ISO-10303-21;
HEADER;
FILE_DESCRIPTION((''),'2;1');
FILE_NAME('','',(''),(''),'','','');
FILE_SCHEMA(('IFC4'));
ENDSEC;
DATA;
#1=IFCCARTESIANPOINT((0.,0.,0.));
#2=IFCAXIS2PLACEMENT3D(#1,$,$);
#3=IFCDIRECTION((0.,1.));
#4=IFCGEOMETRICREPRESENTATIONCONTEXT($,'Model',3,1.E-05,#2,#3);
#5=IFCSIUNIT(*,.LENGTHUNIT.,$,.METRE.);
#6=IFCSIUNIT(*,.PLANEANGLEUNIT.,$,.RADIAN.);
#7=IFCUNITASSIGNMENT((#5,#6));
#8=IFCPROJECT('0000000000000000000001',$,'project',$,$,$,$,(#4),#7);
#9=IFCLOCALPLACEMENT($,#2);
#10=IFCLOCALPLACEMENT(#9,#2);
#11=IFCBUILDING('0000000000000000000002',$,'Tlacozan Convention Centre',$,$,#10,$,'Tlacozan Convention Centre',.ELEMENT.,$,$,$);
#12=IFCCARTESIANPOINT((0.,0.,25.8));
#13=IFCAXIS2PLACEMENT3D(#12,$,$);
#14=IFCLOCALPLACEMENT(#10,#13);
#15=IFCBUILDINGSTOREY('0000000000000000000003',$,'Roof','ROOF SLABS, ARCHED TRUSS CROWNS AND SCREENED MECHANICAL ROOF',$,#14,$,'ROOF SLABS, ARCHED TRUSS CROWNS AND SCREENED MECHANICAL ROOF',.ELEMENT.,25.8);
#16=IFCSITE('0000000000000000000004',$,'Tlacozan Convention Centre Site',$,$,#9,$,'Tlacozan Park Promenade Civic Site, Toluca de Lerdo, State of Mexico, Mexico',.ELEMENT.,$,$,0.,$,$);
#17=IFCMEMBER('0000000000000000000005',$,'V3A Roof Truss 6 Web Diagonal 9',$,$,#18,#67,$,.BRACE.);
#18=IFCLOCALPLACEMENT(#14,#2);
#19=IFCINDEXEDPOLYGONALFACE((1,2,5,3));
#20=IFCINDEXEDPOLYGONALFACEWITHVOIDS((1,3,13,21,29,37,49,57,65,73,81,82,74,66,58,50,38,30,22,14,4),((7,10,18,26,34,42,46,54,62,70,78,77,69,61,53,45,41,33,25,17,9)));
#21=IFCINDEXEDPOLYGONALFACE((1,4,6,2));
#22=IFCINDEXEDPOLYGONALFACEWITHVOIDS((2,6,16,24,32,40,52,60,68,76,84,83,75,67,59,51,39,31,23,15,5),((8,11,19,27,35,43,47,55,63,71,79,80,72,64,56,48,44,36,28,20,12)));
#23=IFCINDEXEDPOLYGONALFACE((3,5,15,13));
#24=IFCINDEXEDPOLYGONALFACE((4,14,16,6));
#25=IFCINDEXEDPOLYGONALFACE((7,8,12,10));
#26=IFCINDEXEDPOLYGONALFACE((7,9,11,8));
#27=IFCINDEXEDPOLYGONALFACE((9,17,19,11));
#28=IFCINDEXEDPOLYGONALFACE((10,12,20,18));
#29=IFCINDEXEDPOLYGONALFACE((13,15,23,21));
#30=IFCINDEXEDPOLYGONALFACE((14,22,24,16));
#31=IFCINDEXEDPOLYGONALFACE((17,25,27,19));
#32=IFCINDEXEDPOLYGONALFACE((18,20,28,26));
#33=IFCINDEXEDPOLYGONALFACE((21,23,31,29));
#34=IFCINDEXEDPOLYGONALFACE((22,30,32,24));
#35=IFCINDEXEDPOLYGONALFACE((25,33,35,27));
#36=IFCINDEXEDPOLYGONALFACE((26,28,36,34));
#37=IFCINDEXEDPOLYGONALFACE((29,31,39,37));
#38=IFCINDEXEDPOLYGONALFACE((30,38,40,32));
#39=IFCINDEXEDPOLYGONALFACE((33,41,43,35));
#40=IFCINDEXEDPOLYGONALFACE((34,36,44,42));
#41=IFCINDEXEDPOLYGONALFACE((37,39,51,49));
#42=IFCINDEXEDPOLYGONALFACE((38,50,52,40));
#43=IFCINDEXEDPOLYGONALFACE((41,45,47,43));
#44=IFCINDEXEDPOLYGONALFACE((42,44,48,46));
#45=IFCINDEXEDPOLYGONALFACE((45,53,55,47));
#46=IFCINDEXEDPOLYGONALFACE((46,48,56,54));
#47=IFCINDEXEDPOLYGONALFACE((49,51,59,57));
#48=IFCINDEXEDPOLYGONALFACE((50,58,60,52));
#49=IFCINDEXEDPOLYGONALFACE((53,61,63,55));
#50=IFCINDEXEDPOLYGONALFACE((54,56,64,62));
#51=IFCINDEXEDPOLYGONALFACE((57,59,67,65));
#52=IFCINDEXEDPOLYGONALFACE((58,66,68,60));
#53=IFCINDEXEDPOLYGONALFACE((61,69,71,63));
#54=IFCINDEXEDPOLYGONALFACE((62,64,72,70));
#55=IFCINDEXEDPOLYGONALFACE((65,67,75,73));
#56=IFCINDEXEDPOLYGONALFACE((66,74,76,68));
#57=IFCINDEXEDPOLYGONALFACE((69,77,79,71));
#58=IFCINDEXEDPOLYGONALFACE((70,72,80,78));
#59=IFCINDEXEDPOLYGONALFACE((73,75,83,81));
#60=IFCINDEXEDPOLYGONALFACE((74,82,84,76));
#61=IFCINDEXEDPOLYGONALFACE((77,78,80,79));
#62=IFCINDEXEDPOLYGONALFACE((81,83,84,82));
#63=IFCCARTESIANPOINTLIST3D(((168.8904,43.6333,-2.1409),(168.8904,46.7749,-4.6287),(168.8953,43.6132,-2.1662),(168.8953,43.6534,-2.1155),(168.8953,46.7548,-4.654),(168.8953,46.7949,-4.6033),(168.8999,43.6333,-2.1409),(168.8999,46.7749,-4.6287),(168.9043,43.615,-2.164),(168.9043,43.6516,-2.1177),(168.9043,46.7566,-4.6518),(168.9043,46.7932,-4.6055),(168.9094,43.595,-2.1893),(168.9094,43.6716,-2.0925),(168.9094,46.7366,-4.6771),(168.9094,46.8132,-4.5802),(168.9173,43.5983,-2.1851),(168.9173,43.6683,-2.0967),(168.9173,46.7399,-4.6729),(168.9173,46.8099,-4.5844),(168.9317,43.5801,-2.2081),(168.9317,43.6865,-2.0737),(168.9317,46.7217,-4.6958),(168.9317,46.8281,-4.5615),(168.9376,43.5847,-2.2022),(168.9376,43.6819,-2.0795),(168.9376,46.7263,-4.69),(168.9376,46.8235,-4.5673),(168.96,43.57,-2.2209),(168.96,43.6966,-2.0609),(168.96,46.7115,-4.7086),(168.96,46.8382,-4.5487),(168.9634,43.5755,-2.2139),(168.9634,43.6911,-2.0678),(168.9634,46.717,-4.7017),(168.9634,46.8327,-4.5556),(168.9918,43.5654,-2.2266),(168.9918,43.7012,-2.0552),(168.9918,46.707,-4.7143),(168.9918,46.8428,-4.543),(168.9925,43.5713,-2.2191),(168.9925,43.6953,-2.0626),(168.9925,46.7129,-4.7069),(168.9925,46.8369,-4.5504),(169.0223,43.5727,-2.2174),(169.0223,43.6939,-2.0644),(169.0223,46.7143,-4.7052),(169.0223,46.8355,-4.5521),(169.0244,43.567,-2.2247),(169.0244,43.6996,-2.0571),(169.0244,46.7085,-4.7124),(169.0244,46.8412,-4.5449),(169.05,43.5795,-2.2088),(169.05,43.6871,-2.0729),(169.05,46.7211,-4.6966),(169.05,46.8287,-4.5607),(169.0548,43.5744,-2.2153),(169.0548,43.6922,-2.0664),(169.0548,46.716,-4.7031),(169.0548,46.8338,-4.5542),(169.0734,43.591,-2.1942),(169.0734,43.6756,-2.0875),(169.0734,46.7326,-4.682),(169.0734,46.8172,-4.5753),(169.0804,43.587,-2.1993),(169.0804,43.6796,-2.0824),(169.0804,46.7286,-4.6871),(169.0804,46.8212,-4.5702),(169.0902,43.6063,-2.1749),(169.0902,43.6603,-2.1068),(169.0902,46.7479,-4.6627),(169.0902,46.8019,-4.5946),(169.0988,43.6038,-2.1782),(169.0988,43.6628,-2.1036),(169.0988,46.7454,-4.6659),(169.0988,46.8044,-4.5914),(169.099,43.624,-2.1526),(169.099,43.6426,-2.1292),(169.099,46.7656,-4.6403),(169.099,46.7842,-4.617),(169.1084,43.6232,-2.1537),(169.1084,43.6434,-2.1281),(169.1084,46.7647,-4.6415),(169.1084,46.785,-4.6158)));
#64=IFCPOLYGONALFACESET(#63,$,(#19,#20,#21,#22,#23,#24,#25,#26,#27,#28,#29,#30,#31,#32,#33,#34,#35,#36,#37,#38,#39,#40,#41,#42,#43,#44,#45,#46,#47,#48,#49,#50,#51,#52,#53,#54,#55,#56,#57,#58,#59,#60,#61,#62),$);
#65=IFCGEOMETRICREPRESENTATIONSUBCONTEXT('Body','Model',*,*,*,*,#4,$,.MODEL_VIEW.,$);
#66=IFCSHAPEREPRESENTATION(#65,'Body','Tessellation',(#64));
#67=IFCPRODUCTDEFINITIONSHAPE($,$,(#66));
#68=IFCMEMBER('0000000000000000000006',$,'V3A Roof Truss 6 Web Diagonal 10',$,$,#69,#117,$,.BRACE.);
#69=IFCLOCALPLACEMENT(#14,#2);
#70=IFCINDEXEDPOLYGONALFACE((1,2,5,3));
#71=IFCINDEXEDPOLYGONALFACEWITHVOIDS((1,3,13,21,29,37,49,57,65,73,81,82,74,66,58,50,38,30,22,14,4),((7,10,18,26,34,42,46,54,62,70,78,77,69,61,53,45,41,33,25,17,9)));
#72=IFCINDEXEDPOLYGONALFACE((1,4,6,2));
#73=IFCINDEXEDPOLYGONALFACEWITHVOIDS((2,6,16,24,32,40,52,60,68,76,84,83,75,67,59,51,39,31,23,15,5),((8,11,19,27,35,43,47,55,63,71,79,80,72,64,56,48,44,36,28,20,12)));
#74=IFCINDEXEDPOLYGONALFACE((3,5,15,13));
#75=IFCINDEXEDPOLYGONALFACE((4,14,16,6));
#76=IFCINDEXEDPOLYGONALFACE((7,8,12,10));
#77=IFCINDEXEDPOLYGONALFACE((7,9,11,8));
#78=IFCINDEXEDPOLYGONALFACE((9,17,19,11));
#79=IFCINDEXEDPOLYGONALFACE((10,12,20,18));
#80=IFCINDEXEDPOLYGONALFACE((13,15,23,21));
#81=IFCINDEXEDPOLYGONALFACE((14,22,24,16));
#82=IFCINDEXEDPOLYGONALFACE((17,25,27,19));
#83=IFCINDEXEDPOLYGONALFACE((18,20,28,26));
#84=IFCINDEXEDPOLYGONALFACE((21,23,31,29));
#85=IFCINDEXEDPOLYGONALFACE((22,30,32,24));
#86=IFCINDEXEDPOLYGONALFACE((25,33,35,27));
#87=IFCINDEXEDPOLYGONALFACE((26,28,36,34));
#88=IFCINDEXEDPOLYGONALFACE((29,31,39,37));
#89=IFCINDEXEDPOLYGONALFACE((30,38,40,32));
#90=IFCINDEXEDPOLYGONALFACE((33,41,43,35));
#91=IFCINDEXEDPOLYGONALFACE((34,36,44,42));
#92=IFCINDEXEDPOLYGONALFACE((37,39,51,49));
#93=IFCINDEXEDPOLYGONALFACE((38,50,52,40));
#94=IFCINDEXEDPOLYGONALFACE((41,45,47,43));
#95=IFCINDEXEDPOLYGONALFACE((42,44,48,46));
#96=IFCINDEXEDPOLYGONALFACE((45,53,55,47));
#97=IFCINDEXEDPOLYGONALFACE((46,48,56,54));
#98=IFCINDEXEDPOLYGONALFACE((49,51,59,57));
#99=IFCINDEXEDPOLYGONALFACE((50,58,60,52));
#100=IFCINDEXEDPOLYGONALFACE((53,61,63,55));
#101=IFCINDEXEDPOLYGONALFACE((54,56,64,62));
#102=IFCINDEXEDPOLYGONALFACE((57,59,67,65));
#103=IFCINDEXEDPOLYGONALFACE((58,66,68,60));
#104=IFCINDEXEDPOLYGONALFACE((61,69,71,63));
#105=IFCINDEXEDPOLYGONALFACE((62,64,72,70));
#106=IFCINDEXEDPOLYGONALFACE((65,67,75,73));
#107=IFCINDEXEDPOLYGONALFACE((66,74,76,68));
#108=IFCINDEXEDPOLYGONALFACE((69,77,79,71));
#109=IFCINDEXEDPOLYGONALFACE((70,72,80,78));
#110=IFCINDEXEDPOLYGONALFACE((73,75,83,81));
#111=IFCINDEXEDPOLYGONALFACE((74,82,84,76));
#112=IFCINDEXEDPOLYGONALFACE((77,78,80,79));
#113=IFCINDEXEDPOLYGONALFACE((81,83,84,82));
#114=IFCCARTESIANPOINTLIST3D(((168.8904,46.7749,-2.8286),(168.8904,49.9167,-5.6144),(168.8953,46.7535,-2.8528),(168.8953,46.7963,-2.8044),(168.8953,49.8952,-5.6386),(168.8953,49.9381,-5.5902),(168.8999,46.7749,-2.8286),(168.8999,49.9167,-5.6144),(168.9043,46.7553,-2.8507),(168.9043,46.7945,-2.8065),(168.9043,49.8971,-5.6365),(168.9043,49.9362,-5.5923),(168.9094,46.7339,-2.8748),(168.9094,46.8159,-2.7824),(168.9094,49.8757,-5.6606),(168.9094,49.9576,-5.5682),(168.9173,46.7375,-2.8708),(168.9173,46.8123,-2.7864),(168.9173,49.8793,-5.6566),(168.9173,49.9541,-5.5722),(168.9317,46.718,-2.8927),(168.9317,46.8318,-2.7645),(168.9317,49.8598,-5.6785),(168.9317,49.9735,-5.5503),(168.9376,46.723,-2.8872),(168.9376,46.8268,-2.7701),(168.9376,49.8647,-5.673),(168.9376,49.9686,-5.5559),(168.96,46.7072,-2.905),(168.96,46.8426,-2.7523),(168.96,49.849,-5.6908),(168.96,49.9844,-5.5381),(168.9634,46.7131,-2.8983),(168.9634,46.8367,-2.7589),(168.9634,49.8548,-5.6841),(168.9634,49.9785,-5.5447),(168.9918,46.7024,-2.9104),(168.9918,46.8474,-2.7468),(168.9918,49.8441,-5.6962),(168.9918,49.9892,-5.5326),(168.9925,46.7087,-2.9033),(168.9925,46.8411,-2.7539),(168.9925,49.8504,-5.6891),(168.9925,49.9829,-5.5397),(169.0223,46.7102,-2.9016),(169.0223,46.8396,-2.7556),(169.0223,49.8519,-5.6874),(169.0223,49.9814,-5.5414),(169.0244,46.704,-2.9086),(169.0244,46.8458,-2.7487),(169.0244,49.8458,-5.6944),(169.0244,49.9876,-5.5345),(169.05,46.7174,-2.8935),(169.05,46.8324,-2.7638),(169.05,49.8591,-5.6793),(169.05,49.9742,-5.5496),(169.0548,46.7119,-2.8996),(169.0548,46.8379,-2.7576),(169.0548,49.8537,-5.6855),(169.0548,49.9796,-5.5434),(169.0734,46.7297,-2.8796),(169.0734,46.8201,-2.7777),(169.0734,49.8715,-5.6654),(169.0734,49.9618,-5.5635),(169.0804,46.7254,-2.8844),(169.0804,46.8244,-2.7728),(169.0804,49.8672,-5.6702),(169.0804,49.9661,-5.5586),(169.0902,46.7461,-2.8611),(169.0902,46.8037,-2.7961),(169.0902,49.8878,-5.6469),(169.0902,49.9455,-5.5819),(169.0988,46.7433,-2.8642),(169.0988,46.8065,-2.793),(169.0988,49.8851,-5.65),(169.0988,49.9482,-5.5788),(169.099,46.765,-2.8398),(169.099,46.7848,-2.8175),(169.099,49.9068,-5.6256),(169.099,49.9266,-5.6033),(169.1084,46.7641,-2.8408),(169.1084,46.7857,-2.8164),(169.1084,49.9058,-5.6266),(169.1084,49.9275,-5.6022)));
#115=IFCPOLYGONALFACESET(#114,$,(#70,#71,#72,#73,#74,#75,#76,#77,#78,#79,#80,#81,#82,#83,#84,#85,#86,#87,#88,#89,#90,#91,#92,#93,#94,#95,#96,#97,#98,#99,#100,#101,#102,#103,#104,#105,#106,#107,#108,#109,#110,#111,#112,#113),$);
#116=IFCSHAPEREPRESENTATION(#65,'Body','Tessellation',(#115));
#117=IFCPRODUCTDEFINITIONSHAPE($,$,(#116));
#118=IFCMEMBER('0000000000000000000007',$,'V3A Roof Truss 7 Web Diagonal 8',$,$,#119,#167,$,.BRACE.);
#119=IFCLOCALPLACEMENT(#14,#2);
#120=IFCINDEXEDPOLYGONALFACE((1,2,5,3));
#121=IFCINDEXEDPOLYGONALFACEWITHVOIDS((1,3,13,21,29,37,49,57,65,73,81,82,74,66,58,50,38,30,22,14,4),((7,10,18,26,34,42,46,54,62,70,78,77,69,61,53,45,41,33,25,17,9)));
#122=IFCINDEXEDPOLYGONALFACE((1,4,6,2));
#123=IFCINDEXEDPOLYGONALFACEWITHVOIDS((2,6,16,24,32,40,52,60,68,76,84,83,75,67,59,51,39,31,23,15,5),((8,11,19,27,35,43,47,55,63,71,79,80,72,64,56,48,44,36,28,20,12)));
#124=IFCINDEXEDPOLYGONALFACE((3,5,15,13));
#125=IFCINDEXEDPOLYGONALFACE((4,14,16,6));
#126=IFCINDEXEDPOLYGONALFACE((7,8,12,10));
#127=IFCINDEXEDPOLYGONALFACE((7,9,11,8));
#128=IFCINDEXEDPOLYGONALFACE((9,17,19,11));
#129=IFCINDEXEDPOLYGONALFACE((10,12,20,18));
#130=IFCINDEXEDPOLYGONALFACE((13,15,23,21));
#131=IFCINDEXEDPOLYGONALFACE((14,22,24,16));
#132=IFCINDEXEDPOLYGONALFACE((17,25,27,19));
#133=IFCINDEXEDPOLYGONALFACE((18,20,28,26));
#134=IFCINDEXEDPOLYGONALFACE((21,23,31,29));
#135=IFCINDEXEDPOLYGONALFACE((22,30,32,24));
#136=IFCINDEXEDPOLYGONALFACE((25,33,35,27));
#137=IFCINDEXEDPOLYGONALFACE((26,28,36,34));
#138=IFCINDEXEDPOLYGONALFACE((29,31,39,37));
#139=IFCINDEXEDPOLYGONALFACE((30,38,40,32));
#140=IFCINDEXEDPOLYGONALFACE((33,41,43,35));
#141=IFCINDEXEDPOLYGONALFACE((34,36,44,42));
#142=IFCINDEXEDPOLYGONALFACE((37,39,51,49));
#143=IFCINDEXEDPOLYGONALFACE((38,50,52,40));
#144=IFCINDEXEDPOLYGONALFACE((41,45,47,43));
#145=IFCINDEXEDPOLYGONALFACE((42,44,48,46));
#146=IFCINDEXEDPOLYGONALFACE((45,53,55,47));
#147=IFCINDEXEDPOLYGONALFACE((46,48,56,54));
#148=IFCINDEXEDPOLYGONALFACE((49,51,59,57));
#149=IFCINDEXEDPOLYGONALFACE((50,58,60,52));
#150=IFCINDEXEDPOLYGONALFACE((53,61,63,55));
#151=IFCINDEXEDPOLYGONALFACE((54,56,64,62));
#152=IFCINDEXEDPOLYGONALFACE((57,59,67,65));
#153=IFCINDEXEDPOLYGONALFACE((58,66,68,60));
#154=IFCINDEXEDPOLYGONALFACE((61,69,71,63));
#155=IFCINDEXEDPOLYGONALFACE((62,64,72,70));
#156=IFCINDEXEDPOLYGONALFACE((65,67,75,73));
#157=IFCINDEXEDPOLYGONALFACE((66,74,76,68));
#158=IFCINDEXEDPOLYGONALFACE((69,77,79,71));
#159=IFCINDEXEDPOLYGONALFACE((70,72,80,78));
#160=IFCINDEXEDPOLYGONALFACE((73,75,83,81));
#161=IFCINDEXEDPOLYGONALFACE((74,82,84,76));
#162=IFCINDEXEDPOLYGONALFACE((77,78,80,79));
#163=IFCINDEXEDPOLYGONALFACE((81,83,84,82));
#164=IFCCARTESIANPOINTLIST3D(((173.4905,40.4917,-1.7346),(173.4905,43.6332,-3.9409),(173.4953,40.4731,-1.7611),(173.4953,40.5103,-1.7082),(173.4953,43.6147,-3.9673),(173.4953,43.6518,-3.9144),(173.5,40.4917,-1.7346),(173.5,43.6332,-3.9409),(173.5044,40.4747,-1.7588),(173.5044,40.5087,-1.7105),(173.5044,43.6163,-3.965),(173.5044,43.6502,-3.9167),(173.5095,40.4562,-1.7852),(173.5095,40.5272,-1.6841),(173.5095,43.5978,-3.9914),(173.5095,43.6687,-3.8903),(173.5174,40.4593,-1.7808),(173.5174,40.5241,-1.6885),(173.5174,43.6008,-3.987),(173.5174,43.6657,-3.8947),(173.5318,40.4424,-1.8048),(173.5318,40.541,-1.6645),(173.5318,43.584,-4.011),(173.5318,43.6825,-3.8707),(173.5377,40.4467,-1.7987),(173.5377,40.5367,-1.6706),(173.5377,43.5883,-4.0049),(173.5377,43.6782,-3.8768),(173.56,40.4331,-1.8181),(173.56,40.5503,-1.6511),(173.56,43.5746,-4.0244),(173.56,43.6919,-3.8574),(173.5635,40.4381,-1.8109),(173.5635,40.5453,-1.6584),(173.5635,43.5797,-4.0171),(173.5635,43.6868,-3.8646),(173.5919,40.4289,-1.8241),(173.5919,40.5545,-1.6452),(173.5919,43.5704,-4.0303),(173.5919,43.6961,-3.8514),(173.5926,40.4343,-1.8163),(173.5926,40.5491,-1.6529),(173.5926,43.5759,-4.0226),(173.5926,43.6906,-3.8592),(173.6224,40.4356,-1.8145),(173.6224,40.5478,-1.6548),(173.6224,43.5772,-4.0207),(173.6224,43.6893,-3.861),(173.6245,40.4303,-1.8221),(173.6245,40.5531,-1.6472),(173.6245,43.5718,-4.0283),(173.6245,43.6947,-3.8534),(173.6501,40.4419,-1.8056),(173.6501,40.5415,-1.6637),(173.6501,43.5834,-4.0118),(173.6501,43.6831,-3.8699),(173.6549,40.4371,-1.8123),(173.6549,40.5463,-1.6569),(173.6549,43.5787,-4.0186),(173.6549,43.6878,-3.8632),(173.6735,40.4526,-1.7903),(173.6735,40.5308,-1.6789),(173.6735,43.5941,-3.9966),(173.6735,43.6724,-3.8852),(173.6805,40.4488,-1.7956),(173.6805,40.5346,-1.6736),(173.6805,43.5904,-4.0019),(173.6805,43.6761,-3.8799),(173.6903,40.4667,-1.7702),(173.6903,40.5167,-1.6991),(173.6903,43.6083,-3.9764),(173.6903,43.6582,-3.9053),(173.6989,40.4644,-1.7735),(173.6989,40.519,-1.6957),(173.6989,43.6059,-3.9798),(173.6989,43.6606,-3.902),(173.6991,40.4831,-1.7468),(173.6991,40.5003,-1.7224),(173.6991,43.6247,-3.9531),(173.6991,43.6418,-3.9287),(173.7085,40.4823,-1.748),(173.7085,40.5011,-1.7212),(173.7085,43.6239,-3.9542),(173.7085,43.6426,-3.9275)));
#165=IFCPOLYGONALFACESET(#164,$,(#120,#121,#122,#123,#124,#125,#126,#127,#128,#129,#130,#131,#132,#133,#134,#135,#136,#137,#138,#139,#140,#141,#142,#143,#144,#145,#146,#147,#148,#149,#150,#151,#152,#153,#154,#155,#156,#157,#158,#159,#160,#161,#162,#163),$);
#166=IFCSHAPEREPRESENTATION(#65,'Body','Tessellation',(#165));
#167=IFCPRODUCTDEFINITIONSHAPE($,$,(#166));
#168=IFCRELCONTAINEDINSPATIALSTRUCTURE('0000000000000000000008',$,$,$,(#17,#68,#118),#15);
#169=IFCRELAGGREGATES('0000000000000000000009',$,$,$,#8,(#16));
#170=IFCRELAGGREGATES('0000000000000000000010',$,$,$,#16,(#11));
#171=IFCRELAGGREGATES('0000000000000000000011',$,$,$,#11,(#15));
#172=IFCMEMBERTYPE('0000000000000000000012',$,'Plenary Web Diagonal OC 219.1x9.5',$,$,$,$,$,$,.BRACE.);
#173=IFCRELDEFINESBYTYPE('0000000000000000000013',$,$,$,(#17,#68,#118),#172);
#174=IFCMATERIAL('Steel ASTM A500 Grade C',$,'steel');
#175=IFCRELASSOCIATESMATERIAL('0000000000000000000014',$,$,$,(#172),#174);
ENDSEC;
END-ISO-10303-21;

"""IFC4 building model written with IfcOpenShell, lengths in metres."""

from ifc_helpers import new_model, si_unit, direction, frame, origin, origin_2d, place, context, subcontext, project, spatial, hollow_circle, extrude, material, material_profile, profile_set, type_object, element, save


model = new_model("IFC4")

# Units and contexts
model_context = context("Model", 3, precision=1e-05, world=origin(), true_north=direction((0.0, 1.0)))
body_context = subcontext(model_context, "Body", "Model", "MODEL_VIEW")
ifc_project = project(units=[si_unit("LENGTHUNIT", "METRE"), si_unit("PLANEANGLEUNIT", "RADIAN")], contexts=[model_context])

# Site, building, storey
site_placement = place(None, origin())
site = spatial("IfcSite", under=ifc_project, at=site_placement, Name="Tlacozan Convention Centre Site", LongName="Tlacozan Park Promenade Civic Site, Toluca de Lerdo, State of Mexico, Mexico", CompositionType="ELEMENT", RefElevation=0.0)
building_placement = place(site_placement, origin())
building = spatial("IfcBuilding", under=site, at=building_placement, Name="Tlacozan Convention Centre", LongName="Tlacozan Convention Centre", CompositionType="ELEMENT")
storey_placement = place(building_placement, frame((0.0, 0.0, 25.8)))
storey = spatial("IfcBuildingStorey", under=building, at=storey_placement, Name="Roof", Description="ROOF SLABS, ARCHED TRUSS CROWNS AND SCREENED MECHANICAL ROOF", LongName="ROOF SLABS, ARCHED TRUSS CROWNS AND SCREENED MECHANICAL ROOF", CompositionType="ELEMENT", Elevation=25.8)

# Members
ifc_material_1 = material(Name="Steel ASTM A500 Grade C", Category="steel")
ifc_material_profile_1 = material_profile(ifc_material_1, hollow_circle(Radius=0.1096, WallThickness=0.0095, at=origin_2d()), Name="OC 219.1x9.5")
ifc_profile_set_1 = profile_set([ifc_material_profile_1], Name="Steel ASTM A500 Grade C")
member_type_1 = type_object("IfcMemberType", Name="Plenary Web Diagonal OC 219.1x9.5", PredefinedType="BRACE", material=ifc_profile_set_1)
member_1_placement = place(storey_placement, frame((169.0, 43.6333, -2.1409), z_axis=(0.0, 0.783962, -0.620809), x_axis=(-1.0, 0.0, 0.0)))
element("IfcMember", 1, at=member_1_placement, inside=storey, type_object=member_type_1, Name="V3A Roof Truss 6 Web Diagonal 9", PredefinedType="BRACE", context=body_context, shape_type="SweptSolid", body=[
    extrude(hollow_circle(Radius=0.1096, WallThickness=0.0095, at=origin_2d()), origin(), (0.0, 0.0, 1.0), 4.0073),
])
member_2_placement = place(storey_placement, frame((169.0, 46.7749, -2.8286), z_axis=(0.0, 0.74822, -0.66345), x_axis=(-1.0, 0.0, 0.0)))
element("IfcMember", 2, at=member_2_placement, inside=storey, type_object=member_type_1, Name="V3A Roof Truss 6 Web Diagonal 10", PredefinedType="BRACE", context=body_context, shape_type="SweptSolid", body=[
    extrude(hollow_circle(Radius=0.1096, WallThickness=0.0095, at=origin_2d()), origin(), (0.0, 0.0, 1.0), 4.199),
])
member_3_placement = place(storey_placement, frame((173.6001, 40.4917, -1.7346), z_axis=(0.0, 0.818353, -0.574717), x_axis=(-1.0, 0.0, 0.0)))
element("IfcMember", 3, at=member_3_placement, inside=storey, type_object=member_type_1, Name="V3A Roof Truss 7 Web Diagonal 8", PredefinedType="BRACE", context=body_context, shape_type="SweptSolid", body=[
    extrude(hollow_circle(Radius=0.1096, WallThickness=0.0095, at=origin_2d()), origin(), (0.0, 0.0, 1.0), 3.8389),
])

save(model, "model.ifc")
